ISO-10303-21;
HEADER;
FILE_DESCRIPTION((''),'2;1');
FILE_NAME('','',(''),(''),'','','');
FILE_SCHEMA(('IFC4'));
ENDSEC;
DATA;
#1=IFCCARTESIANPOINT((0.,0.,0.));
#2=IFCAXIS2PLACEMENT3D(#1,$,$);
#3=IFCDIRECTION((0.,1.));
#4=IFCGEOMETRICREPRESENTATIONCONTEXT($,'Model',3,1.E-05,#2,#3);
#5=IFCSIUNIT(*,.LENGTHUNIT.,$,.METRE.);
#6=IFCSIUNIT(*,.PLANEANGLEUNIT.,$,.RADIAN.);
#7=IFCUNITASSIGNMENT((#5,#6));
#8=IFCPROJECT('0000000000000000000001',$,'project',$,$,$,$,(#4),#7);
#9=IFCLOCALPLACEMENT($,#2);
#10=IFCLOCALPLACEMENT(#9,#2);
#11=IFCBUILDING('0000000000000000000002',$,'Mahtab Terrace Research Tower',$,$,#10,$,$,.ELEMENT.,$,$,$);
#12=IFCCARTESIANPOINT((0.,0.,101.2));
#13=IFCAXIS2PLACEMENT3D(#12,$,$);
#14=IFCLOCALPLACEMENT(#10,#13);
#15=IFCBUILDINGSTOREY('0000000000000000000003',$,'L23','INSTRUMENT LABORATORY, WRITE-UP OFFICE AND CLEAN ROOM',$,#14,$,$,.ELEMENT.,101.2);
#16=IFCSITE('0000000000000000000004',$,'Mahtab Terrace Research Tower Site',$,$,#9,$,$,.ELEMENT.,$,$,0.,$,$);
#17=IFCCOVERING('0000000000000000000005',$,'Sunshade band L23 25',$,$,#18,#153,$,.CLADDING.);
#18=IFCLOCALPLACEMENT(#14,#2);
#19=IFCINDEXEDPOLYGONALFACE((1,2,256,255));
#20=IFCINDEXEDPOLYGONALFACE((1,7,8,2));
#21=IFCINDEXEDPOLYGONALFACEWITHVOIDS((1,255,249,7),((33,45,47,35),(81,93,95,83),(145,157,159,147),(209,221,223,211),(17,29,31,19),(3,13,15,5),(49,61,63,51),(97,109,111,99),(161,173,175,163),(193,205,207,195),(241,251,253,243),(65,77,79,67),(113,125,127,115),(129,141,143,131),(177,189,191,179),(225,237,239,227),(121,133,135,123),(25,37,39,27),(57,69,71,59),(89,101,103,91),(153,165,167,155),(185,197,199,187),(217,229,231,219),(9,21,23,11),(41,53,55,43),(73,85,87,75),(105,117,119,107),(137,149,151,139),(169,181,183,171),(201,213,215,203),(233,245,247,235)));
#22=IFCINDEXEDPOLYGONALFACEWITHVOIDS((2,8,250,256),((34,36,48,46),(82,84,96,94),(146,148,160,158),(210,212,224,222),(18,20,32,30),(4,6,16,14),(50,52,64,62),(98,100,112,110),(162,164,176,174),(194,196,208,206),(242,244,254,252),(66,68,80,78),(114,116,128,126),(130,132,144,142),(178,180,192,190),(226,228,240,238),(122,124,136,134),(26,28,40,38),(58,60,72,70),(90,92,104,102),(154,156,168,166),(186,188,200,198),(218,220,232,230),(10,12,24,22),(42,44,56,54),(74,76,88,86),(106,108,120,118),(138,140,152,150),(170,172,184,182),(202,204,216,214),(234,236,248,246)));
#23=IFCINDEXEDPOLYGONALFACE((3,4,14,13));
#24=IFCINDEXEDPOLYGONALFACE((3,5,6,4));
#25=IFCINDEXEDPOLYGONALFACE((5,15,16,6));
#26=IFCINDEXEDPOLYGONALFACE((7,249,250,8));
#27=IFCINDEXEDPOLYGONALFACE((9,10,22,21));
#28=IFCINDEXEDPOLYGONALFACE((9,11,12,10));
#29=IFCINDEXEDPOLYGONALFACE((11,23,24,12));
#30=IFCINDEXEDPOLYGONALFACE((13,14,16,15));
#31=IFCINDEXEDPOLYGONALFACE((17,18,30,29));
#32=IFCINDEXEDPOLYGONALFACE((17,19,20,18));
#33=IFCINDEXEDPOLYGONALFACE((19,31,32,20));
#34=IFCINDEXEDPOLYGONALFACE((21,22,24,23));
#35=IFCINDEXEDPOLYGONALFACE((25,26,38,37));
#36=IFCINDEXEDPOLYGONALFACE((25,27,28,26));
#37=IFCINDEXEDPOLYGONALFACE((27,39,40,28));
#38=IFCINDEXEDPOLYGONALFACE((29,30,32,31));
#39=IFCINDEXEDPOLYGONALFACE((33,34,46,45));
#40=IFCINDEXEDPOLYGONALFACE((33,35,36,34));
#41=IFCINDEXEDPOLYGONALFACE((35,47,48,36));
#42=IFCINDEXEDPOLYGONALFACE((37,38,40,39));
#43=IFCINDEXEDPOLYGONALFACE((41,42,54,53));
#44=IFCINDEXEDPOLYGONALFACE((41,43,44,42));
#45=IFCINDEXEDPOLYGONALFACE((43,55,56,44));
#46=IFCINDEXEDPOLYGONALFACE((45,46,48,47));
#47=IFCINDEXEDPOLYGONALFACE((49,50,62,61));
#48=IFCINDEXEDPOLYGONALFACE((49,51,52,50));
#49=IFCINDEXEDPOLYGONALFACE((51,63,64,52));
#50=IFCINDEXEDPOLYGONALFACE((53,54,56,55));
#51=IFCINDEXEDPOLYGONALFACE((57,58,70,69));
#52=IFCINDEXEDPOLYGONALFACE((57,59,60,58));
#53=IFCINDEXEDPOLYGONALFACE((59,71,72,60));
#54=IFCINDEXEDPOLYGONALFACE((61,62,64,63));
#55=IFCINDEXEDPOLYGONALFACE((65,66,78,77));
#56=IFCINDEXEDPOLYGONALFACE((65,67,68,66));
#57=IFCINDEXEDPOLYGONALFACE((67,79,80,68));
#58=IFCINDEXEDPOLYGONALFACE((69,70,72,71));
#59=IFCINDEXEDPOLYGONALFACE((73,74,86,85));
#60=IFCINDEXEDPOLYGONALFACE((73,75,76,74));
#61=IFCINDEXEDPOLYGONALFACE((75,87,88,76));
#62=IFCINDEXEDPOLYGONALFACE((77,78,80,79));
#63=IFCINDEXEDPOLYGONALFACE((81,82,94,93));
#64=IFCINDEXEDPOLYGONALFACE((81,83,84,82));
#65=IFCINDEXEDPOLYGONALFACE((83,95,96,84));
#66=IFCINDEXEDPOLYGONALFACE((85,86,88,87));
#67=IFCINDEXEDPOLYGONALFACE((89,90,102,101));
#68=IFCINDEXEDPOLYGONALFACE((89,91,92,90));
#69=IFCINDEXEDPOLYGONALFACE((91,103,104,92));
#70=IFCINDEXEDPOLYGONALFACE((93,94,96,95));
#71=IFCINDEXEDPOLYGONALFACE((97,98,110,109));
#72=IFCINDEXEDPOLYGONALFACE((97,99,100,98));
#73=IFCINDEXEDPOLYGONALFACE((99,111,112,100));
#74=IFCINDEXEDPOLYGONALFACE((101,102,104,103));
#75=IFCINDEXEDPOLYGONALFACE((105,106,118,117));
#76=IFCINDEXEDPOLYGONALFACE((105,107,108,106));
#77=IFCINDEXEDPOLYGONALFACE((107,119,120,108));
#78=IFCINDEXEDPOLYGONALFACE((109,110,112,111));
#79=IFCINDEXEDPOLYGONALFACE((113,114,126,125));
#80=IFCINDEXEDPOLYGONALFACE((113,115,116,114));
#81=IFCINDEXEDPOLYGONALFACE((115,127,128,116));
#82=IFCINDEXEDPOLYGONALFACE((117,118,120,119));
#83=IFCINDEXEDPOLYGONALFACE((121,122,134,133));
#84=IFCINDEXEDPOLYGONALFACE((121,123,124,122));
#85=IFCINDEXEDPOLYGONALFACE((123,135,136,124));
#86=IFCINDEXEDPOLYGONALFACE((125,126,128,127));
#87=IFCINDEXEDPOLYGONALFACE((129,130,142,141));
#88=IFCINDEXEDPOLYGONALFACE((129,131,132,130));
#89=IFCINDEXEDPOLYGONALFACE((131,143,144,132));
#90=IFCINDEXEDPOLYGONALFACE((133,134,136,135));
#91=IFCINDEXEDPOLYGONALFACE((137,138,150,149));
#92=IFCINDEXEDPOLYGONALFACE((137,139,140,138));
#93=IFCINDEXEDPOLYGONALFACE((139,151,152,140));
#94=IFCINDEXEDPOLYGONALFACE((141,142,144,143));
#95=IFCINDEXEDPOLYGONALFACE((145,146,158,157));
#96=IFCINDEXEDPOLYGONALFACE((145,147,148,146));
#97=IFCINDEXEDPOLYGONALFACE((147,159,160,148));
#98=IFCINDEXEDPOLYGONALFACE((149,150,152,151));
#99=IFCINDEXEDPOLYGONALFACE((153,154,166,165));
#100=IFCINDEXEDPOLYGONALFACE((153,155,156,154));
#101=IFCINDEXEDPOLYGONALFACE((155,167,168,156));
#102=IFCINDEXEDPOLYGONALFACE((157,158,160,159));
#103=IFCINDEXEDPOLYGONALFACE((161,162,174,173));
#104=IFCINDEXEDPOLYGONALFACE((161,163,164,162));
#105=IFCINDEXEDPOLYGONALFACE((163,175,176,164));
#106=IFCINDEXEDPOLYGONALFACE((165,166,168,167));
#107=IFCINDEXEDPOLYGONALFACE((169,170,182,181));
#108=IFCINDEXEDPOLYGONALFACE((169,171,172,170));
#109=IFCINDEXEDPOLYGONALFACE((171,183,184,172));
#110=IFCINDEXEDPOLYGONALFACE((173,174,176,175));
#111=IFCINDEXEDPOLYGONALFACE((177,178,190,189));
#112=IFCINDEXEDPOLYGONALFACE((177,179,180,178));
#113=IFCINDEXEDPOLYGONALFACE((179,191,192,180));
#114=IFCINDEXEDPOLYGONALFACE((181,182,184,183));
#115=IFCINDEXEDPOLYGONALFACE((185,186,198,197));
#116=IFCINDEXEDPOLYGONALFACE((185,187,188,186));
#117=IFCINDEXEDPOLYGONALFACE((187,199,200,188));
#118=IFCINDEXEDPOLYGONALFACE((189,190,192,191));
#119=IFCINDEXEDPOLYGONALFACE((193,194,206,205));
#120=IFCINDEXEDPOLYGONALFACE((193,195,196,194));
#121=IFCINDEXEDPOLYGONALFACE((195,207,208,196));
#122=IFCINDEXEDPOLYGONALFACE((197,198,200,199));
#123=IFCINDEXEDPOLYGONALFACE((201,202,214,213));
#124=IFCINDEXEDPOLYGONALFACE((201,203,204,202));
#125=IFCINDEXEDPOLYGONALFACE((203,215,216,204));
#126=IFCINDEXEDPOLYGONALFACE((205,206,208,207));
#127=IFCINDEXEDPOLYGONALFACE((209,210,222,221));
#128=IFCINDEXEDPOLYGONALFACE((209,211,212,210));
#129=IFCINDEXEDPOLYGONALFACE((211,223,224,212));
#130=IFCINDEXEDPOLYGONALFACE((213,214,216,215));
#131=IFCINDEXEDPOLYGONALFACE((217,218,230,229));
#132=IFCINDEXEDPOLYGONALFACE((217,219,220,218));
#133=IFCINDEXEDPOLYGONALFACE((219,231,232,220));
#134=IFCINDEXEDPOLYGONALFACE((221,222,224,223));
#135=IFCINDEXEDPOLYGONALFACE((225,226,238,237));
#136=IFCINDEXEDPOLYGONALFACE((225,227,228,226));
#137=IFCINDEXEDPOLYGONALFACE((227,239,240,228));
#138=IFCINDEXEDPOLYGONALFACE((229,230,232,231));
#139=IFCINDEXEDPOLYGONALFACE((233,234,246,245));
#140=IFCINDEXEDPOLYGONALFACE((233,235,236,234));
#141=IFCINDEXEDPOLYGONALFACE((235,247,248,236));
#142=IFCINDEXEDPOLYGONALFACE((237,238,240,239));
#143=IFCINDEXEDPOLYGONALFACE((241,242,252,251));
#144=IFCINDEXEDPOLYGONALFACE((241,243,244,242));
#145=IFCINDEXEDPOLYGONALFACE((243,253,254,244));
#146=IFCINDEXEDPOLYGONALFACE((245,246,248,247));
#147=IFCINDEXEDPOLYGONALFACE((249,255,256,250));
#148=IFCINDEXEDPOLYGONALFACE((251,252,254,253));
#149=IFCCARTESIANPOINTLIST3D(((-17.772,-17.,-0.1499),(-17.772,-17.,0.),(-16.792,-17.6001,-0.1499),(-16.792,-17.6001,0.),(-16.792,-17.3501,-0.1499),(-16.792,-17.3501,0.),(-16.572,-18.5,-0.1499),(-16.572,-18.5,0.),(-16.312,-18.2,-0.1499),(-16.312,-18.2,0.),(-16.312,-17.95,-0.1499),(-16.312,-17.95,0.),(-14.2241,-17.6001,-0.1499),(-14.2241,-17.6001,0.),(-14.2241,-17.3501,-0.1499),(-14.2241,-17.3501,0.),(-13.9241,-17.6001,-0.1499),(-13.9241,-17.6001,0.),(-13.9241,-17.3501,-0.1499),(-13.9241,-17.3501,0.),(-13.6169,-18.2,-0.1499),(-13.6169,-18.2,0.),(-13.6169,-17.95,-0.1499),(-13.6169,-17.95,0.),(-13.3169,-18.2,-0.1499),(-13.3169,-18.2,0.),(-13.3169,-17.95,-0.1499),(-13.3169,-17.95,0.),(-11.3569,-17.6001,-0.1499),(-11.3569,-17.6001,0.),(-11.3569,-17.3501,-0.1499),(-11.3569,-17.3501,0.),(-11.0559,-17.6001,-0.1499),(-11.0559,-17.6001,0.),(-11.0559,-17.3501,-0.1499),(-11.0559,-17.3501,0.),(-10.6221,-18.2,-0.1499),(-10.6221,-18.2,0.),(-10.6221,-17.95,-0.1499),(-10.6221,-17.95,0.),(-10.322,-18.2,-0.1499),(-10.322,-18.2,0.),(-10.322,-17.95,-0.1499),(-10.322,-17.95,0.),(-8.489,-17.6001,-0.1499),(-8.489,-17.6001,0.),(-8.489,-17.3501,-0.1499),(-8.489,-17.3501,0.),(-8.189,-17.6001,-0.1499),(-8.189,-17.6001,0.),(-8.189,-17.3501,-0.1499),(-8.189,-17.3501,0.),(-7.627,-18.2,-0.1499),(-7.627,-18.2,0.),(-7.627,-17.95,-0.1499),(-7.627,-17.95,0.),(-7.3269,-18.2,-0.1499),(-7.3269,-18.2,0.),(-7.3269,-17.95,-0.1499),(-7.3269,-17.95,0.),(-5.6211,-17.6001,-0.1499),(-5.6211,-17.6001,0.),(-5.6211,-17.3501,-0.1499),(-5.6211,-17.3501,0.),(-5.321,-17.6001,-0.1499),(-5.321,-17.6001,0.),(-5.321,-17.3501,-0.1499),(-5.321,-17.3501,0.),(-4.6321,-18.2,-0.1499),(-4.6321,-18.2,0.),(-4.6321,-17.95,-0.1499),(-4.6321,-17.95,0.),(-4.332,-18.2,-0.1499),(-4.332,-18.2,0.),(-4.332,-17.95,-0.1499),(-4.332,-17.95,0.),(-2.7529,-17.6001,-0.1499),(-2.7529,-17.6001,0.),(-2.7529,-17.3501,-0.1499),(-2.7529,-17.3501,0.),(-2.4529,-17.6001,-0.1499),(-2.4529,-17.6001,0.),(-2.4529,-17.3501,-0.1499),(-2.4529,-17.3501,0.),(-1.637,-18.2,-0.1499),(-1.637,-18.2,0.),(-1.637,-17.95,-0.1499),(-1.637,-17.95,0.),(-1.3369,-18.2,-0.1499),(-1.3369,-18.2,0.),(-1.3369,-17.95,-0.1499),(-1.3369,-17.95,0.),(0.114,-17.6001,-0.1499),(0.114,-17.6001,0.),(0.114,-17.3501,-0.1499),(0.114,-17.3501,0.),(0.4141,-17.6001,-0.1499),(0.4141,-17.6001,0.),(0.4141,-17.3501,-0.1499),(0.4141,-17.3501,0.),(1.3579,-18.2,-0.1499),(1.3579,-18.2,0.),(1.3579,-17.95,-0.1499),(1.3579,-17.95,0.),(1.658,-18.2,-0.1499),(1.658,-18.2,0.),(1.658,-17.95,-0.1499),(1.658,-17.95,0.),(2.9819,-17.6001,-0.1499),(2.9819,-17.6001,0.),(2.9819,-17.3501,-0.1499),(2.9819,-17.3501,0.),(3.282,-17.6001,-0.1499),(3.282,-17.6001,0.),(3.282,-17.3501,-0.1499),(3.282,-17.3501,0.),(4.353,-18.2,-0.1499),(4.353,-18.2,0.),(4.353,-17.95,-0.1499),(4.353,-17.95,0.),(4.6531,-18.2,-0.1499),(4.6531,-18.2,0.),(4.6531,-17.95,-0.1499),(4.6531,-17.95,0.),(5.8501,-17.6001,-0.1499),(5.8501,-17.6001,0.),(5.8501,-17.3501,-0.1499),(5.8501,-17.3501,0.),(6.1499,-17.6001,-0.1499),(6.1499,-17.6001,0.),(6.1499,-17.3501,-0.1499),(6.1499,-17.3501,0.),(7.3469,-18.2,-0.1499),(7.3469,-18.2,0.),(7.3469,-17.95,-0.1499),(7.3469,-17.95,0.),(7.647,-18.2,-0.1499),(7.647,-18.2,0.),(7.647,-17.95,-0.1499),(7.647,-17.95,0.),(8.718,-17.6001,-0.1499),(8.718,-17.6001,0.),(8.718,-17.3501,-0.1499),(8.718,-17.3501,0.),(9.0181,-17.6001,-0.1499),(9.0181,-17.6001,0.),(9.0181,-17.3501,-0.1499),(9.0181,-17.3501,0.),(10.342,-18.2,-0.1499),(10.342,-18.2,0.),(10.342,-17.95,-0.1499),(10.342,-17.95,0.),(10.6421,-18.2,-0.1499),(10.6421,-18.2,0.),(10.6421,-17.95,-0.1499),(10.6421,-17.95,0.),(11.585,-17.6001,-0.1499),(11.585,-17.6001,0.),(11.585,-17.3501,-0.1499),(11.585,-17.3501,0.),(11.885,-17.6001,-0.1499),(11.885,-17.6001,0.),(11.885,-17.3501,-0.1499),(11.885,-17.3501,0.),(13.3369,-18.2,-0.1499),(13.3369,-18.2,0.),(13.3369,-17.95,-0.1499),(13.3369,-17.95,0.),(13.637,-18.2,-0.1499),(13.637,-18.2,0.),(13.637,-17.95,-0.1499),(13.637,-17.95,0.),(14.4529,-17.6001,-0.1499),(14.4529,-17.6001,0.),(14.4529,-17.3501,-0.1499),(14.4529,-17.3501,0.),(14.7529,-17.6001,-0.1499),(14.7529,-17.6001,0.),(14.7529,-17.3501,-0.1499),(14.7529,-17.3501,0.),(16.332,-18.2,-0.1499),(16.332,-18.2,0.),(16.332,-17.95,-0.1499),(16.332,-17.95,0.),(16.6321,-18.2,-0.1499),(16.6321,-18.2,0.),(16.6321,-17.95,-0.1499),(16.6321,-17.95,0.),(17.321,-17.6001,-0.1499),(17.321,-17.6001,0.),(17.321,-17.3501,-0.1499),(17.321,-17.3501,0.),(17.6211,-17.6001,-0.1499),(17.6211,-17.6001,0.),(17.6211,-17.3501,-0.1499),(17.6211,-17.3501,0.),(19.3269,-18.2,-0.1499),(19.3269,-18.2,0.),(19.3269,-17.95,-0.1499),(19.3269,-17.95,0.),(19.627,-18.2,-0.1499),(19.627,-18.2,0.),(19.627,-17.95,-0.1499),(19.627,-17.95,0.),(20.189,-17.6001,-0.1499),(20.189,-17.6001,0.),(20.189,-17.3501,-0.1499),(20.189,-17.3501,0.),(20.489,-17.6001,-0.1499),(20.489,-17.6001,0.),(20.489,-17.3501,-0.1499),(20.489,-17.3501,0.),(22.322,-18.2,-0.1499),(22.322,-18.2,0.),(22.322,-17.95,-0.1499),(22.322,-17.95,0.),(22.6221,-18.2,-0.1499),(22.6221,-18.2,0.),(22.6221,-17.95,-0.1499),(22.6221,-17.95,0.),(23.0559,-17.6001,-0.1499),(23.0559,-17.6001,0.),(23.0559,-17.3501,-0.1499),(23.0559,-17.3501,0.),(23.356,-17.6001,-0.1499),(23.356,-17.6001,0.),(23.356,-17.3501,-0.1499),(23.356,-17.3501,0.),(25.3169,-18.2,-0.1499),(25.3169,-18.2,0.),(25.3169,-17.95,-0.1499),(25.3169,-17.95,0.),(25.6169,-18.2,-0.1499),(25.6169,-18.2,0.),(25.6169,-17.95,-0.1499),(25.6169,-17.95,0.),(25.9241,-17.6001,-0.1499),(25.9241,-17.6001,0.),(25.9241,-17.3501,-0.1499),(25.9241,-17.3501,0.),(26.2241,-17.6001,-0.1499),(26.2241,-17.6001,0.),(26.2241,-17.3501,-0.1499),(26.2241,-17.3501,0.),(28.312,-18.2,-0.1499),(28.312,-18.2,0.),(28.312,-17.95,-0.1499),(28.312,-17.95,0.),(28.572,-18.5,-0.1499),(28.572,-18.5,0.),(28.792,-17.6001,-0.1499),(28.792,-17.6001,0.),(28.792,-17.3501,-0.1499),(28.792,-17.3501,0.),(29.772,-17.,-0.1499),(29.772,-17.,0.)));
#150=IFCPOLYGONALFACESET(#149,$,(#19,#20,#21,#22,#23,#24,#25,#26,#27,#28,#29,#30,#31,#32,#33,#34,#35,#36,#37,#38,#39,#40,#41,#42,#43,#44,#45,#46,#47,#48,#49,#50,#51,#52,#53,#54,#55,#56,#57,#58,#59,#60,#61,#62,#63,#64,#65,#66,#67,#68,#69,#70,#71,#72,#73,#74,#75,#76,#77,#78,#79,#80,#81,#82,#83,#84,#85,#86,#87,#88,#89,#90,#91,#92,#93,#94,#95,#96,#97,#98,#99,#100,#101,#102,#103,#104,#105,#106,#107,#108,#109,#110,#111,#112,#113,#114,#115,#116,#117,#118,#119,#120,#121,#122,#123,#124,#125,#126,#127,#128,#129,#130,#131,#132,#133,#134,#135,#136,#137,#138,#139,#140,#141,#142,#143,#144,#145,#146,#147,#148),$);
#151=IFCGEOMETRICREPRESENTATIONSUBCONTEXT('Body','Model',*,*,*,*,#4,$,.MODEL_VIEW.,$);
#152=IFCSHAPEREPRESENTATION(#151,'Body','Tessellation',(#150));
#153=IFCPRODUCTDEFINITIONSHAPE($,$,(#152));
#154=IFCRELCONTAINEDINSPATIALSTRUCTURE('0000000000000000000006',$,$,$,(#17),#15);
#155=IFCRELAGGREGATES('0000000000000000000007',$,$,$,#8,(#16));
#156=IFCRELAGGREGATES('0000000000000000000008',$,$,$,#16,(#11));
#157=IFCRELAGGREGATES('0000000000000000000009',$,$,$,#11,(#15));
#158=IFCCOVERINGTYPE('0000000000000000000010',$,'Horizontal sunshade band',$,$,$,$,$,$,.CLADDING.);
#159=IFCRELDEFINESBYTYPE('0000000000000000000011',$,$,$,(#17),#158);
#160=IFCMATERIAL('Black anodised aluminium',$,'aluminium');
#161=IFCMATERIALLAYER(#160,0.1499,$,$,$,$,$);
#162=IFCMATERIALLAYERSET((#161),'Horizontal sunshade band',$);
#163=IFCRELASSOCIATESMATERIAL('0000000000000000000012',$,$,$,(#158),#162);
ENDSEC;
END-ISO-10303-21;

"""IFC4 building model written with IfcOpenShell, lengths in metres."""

from ifc_helpers import new_model, si_unit, direction, frame, origin, place, context, subcontext, project, spatial, polyline, outline, extrude, material, layer, layer_set, type_object, element, save


model = new_model("IFC4")

# Units and contexts
model_context = context("Model", 3, precision=1e-05, world=origin(), true_north=direction((0.0, 1.0)))
body_context = subcontext(model_context, "Body", "Model", "MODEL_VIEW")
ifc_project = project(units=[si_unit("LENGTHUNIT", "METRE"), si_unit("PLANEANGLEUNIT", "RADIAN")], contexts=[model_context])

# Site, building, storey
site_placement = place(None, origin())
site = spatial("IfcSite", under=ifc_project, at=site_placement, Name="Mahtab Terrace Research Tower Site", CompositionType="ELEMENT", RefElevation=0.0)
building_placement = place(site_placement, origin())
building = spatial("IfcBuilding", under=site, at=building_placement, Name="Mahtab Terrace Research Tower", CompositionType="ELEMENT")
storey_placement = place(building_placement, frame((0.0, 0.0, 101.2)))
storey = spatial("IfcBuildingStorey", under=building, at=storey_placement, Name="L23", Description="INSTRUMENT LABORATORY, WRITE-UP OFFICE AND CLEAN ROOM", CompositionType="ELEMENT", Elevation=101.2)

# Covering
ifc_material_1 = material(Name="Black anodised aluminium", Category="aluminium")
ifc_layer_1 = layer(ifc_material_1, 0.1499)
ifc_layer_set_1 = layer_set([ifc_layer_1], Name="Horizontal sunshade band")
covering_type_1 = type_object("IfcCoveringType", Name="Horizontal sunshade band", PredefinedType="CLADDING", material=ifc_layer_set_1)
covering_1_placement = place(storey_placement, frame((0.0, 0.0, -0.1499)))
element("IfcCovering", 1, at=covering_1_placement, inside=storey, type_object=covering_type_1, Name="Sunshade band L23 25", PredefinedType="CLADDING", context=body_context, shape_type="SweptSolid", body=[
    extrude(outline(polyline([(-17.772, -17.0), (29.772, -17.0), (28.572, -18.5), (-16.572, -18.5), (-17.772, -17.0)]), holes=[polyline([(-16.792, -17.3501), (-14.2241, -17.3501), (-14.2241, -17.6001), (-16.792, -17.6001), (-16.792, -17.3501)]), polyline([(-13.9241, -17.3501), (-11.3569, -17.3501), (-11.3569, -17.6001), (-13.9241, -17.6001), (-13.9241, -17.3501)]), polyline([(-11.0559, -17.3501), (-8.489, -17.3501), (-8.489, -17.6001), (-11.0559, -17.6001), (-11.0559, -17.3501)]), polyline([(-8.189, -17.3501), (-5.6211, -17.3501), (-5.6211, -17.6001), (-8.189, -17.6001), (-8.189, -17.3501)]), polyline([(-5.321, -17.3501), (-2.7529, -17.3501), (-2.7529, -17.6001), (-5.321, -17.6001), (-5.321, -17.3501)]), polyline([(-2.4529, -17.3501), (0.114, -17.3501), (0.114, -17.6001), (-2.4529, -17.6001), (-2.4529, -17.3501)]), polyline([(0.4141, -17.3501), (2.9819, -17.3501), (2.9819, -17.6001), (0.4141, -17.6001), (0.4141, -17.3501)]), polyline([(3.282, -17.3501), (5.8501, -17.3501), (5.8501, -17.6001), (3.282, -17.6001), (3.282, -17.3501)]), polyline([(6.1499, -17.3501), (8.718, -17.3501), (8.718, -17.6001), (6.1499, -17.6001), (6.1499, -17.3501)]), polyline([(9.0181, -17.3501), (11.585, -17.3501), (11.585, -17.6001), (9.0181, -17.6001), (9.0181, -17.3501)]), polyline([(11.885, -17.3501), (14.4529, -17.3501), (14.4529, -17.6001), (11.885, -17.6001), (11.885, -17.3501)]), polyline([(14.7529, -17.3501), (17.321, -17.3501), (17.321, -17.6001), (14.7529, -17.6001), (14.7529, -17.3501)]), polyline([(17.6211, -17.3501), (20.189, -17.3501), (20.189, -17.6001), (17.6211, -17.6001), (17.6211, -17.3501)]), polyline([(20.489, -17.3501), (23.0559, -17.3501), (23.0559, -17.6001), (20.489, -17.6001), (20.489, -17.3501)]), polyline([(23.356, -17.3501), (25.9241, -17.3501), (25.9241, -17.6001), (23.356, -17.6001), (23.356, -17.3501)]), polyline([(26.2241, -17.3501), (28.792, -17.3501), (28.792, -17.6001), (26.2241, -17.6001), (26.2241, -17.3501)]), polyline([(-16.312, -17.95), (-13.6169, -17.95), (-13.6169, -18.2), (-16.312, -18.2), (-16.312, -17.95)]), polyline([(-13.3169, -17.95), (-10.6221, -17.95), (-10.6221, -18.2), (-13.3169, -18.2), (-13.3169, -17.95)]), polyline([(-10.322, -17.95), (-7.627, -17.95), (-7.627, -18.2), (-10.322, -18.2), (-10.322, -17.95)]), polyline([(-7.3269, -17.95), (-4.6321, -17.95), (-4.6321, -18.2), (-7.3269, -18.2), (-7.3269, -17.95)]), polyline([(-4.332, -17.95), (-1.637, -17.95), (-1.637, -18.2), (-4.332, -18.2), (-4.332, -17.95)]), polyline([(-1.3369, -17.95), (1.3579, -17.95), (1.3579, -18.2), (-1.3369, -18.2), (-1.3369, -17.95)]), polyline([(1.658, -17.95), (4.353, -17.95), (4.353, -18.2), (1.658, -18.2), (1.658, -17.95)]), polyline([(4.6531, -17.95), (7.3469, -17.95), (7.3469, -18.2), (4.6531, -18.2), (4.6531, -17.95)]), polyline([(7.647, -17.95), (10.342, -17.95), (10.342, -18.2), (7.647, -18.2), (7.647, -17.95)]), polyline([(10.6421, -17.95), (13.3369, -17.95), (13.3369, -18.2), (10.6421, -18.2), (10.6421, -17.95)]), polyline([(13.637, -17.95), (16.332, -17.95), (16.332, -18.2), (13.637, -18.2), (13.637, -17.95)]), polyline([(16.6321, -17.95), (19.3269, -17.95), (19.3269, -18.2), (16.6321, -18.2), (16.6321, -17.95)]), polyline([(19.627, -17.95), (22.322, -17.95), (22.322, -18.2), (19.627, -18.2), (19.627, -17.95)]), polyline([(22.6221, -17.95), (25.3169, -17.95), (25.3169, -18.2), (22.6221, -18.2), (22.6221, -17.95)]), polyline([(25.6169, -17.95), (28.312, -17.95), (28.312, -18.2), (25.6169, -18.2), (25.6169, -17.95)])]), origin(), (0.0, 0.0, 1.0), 0.1499),
])

save(model, "model.ifc")
